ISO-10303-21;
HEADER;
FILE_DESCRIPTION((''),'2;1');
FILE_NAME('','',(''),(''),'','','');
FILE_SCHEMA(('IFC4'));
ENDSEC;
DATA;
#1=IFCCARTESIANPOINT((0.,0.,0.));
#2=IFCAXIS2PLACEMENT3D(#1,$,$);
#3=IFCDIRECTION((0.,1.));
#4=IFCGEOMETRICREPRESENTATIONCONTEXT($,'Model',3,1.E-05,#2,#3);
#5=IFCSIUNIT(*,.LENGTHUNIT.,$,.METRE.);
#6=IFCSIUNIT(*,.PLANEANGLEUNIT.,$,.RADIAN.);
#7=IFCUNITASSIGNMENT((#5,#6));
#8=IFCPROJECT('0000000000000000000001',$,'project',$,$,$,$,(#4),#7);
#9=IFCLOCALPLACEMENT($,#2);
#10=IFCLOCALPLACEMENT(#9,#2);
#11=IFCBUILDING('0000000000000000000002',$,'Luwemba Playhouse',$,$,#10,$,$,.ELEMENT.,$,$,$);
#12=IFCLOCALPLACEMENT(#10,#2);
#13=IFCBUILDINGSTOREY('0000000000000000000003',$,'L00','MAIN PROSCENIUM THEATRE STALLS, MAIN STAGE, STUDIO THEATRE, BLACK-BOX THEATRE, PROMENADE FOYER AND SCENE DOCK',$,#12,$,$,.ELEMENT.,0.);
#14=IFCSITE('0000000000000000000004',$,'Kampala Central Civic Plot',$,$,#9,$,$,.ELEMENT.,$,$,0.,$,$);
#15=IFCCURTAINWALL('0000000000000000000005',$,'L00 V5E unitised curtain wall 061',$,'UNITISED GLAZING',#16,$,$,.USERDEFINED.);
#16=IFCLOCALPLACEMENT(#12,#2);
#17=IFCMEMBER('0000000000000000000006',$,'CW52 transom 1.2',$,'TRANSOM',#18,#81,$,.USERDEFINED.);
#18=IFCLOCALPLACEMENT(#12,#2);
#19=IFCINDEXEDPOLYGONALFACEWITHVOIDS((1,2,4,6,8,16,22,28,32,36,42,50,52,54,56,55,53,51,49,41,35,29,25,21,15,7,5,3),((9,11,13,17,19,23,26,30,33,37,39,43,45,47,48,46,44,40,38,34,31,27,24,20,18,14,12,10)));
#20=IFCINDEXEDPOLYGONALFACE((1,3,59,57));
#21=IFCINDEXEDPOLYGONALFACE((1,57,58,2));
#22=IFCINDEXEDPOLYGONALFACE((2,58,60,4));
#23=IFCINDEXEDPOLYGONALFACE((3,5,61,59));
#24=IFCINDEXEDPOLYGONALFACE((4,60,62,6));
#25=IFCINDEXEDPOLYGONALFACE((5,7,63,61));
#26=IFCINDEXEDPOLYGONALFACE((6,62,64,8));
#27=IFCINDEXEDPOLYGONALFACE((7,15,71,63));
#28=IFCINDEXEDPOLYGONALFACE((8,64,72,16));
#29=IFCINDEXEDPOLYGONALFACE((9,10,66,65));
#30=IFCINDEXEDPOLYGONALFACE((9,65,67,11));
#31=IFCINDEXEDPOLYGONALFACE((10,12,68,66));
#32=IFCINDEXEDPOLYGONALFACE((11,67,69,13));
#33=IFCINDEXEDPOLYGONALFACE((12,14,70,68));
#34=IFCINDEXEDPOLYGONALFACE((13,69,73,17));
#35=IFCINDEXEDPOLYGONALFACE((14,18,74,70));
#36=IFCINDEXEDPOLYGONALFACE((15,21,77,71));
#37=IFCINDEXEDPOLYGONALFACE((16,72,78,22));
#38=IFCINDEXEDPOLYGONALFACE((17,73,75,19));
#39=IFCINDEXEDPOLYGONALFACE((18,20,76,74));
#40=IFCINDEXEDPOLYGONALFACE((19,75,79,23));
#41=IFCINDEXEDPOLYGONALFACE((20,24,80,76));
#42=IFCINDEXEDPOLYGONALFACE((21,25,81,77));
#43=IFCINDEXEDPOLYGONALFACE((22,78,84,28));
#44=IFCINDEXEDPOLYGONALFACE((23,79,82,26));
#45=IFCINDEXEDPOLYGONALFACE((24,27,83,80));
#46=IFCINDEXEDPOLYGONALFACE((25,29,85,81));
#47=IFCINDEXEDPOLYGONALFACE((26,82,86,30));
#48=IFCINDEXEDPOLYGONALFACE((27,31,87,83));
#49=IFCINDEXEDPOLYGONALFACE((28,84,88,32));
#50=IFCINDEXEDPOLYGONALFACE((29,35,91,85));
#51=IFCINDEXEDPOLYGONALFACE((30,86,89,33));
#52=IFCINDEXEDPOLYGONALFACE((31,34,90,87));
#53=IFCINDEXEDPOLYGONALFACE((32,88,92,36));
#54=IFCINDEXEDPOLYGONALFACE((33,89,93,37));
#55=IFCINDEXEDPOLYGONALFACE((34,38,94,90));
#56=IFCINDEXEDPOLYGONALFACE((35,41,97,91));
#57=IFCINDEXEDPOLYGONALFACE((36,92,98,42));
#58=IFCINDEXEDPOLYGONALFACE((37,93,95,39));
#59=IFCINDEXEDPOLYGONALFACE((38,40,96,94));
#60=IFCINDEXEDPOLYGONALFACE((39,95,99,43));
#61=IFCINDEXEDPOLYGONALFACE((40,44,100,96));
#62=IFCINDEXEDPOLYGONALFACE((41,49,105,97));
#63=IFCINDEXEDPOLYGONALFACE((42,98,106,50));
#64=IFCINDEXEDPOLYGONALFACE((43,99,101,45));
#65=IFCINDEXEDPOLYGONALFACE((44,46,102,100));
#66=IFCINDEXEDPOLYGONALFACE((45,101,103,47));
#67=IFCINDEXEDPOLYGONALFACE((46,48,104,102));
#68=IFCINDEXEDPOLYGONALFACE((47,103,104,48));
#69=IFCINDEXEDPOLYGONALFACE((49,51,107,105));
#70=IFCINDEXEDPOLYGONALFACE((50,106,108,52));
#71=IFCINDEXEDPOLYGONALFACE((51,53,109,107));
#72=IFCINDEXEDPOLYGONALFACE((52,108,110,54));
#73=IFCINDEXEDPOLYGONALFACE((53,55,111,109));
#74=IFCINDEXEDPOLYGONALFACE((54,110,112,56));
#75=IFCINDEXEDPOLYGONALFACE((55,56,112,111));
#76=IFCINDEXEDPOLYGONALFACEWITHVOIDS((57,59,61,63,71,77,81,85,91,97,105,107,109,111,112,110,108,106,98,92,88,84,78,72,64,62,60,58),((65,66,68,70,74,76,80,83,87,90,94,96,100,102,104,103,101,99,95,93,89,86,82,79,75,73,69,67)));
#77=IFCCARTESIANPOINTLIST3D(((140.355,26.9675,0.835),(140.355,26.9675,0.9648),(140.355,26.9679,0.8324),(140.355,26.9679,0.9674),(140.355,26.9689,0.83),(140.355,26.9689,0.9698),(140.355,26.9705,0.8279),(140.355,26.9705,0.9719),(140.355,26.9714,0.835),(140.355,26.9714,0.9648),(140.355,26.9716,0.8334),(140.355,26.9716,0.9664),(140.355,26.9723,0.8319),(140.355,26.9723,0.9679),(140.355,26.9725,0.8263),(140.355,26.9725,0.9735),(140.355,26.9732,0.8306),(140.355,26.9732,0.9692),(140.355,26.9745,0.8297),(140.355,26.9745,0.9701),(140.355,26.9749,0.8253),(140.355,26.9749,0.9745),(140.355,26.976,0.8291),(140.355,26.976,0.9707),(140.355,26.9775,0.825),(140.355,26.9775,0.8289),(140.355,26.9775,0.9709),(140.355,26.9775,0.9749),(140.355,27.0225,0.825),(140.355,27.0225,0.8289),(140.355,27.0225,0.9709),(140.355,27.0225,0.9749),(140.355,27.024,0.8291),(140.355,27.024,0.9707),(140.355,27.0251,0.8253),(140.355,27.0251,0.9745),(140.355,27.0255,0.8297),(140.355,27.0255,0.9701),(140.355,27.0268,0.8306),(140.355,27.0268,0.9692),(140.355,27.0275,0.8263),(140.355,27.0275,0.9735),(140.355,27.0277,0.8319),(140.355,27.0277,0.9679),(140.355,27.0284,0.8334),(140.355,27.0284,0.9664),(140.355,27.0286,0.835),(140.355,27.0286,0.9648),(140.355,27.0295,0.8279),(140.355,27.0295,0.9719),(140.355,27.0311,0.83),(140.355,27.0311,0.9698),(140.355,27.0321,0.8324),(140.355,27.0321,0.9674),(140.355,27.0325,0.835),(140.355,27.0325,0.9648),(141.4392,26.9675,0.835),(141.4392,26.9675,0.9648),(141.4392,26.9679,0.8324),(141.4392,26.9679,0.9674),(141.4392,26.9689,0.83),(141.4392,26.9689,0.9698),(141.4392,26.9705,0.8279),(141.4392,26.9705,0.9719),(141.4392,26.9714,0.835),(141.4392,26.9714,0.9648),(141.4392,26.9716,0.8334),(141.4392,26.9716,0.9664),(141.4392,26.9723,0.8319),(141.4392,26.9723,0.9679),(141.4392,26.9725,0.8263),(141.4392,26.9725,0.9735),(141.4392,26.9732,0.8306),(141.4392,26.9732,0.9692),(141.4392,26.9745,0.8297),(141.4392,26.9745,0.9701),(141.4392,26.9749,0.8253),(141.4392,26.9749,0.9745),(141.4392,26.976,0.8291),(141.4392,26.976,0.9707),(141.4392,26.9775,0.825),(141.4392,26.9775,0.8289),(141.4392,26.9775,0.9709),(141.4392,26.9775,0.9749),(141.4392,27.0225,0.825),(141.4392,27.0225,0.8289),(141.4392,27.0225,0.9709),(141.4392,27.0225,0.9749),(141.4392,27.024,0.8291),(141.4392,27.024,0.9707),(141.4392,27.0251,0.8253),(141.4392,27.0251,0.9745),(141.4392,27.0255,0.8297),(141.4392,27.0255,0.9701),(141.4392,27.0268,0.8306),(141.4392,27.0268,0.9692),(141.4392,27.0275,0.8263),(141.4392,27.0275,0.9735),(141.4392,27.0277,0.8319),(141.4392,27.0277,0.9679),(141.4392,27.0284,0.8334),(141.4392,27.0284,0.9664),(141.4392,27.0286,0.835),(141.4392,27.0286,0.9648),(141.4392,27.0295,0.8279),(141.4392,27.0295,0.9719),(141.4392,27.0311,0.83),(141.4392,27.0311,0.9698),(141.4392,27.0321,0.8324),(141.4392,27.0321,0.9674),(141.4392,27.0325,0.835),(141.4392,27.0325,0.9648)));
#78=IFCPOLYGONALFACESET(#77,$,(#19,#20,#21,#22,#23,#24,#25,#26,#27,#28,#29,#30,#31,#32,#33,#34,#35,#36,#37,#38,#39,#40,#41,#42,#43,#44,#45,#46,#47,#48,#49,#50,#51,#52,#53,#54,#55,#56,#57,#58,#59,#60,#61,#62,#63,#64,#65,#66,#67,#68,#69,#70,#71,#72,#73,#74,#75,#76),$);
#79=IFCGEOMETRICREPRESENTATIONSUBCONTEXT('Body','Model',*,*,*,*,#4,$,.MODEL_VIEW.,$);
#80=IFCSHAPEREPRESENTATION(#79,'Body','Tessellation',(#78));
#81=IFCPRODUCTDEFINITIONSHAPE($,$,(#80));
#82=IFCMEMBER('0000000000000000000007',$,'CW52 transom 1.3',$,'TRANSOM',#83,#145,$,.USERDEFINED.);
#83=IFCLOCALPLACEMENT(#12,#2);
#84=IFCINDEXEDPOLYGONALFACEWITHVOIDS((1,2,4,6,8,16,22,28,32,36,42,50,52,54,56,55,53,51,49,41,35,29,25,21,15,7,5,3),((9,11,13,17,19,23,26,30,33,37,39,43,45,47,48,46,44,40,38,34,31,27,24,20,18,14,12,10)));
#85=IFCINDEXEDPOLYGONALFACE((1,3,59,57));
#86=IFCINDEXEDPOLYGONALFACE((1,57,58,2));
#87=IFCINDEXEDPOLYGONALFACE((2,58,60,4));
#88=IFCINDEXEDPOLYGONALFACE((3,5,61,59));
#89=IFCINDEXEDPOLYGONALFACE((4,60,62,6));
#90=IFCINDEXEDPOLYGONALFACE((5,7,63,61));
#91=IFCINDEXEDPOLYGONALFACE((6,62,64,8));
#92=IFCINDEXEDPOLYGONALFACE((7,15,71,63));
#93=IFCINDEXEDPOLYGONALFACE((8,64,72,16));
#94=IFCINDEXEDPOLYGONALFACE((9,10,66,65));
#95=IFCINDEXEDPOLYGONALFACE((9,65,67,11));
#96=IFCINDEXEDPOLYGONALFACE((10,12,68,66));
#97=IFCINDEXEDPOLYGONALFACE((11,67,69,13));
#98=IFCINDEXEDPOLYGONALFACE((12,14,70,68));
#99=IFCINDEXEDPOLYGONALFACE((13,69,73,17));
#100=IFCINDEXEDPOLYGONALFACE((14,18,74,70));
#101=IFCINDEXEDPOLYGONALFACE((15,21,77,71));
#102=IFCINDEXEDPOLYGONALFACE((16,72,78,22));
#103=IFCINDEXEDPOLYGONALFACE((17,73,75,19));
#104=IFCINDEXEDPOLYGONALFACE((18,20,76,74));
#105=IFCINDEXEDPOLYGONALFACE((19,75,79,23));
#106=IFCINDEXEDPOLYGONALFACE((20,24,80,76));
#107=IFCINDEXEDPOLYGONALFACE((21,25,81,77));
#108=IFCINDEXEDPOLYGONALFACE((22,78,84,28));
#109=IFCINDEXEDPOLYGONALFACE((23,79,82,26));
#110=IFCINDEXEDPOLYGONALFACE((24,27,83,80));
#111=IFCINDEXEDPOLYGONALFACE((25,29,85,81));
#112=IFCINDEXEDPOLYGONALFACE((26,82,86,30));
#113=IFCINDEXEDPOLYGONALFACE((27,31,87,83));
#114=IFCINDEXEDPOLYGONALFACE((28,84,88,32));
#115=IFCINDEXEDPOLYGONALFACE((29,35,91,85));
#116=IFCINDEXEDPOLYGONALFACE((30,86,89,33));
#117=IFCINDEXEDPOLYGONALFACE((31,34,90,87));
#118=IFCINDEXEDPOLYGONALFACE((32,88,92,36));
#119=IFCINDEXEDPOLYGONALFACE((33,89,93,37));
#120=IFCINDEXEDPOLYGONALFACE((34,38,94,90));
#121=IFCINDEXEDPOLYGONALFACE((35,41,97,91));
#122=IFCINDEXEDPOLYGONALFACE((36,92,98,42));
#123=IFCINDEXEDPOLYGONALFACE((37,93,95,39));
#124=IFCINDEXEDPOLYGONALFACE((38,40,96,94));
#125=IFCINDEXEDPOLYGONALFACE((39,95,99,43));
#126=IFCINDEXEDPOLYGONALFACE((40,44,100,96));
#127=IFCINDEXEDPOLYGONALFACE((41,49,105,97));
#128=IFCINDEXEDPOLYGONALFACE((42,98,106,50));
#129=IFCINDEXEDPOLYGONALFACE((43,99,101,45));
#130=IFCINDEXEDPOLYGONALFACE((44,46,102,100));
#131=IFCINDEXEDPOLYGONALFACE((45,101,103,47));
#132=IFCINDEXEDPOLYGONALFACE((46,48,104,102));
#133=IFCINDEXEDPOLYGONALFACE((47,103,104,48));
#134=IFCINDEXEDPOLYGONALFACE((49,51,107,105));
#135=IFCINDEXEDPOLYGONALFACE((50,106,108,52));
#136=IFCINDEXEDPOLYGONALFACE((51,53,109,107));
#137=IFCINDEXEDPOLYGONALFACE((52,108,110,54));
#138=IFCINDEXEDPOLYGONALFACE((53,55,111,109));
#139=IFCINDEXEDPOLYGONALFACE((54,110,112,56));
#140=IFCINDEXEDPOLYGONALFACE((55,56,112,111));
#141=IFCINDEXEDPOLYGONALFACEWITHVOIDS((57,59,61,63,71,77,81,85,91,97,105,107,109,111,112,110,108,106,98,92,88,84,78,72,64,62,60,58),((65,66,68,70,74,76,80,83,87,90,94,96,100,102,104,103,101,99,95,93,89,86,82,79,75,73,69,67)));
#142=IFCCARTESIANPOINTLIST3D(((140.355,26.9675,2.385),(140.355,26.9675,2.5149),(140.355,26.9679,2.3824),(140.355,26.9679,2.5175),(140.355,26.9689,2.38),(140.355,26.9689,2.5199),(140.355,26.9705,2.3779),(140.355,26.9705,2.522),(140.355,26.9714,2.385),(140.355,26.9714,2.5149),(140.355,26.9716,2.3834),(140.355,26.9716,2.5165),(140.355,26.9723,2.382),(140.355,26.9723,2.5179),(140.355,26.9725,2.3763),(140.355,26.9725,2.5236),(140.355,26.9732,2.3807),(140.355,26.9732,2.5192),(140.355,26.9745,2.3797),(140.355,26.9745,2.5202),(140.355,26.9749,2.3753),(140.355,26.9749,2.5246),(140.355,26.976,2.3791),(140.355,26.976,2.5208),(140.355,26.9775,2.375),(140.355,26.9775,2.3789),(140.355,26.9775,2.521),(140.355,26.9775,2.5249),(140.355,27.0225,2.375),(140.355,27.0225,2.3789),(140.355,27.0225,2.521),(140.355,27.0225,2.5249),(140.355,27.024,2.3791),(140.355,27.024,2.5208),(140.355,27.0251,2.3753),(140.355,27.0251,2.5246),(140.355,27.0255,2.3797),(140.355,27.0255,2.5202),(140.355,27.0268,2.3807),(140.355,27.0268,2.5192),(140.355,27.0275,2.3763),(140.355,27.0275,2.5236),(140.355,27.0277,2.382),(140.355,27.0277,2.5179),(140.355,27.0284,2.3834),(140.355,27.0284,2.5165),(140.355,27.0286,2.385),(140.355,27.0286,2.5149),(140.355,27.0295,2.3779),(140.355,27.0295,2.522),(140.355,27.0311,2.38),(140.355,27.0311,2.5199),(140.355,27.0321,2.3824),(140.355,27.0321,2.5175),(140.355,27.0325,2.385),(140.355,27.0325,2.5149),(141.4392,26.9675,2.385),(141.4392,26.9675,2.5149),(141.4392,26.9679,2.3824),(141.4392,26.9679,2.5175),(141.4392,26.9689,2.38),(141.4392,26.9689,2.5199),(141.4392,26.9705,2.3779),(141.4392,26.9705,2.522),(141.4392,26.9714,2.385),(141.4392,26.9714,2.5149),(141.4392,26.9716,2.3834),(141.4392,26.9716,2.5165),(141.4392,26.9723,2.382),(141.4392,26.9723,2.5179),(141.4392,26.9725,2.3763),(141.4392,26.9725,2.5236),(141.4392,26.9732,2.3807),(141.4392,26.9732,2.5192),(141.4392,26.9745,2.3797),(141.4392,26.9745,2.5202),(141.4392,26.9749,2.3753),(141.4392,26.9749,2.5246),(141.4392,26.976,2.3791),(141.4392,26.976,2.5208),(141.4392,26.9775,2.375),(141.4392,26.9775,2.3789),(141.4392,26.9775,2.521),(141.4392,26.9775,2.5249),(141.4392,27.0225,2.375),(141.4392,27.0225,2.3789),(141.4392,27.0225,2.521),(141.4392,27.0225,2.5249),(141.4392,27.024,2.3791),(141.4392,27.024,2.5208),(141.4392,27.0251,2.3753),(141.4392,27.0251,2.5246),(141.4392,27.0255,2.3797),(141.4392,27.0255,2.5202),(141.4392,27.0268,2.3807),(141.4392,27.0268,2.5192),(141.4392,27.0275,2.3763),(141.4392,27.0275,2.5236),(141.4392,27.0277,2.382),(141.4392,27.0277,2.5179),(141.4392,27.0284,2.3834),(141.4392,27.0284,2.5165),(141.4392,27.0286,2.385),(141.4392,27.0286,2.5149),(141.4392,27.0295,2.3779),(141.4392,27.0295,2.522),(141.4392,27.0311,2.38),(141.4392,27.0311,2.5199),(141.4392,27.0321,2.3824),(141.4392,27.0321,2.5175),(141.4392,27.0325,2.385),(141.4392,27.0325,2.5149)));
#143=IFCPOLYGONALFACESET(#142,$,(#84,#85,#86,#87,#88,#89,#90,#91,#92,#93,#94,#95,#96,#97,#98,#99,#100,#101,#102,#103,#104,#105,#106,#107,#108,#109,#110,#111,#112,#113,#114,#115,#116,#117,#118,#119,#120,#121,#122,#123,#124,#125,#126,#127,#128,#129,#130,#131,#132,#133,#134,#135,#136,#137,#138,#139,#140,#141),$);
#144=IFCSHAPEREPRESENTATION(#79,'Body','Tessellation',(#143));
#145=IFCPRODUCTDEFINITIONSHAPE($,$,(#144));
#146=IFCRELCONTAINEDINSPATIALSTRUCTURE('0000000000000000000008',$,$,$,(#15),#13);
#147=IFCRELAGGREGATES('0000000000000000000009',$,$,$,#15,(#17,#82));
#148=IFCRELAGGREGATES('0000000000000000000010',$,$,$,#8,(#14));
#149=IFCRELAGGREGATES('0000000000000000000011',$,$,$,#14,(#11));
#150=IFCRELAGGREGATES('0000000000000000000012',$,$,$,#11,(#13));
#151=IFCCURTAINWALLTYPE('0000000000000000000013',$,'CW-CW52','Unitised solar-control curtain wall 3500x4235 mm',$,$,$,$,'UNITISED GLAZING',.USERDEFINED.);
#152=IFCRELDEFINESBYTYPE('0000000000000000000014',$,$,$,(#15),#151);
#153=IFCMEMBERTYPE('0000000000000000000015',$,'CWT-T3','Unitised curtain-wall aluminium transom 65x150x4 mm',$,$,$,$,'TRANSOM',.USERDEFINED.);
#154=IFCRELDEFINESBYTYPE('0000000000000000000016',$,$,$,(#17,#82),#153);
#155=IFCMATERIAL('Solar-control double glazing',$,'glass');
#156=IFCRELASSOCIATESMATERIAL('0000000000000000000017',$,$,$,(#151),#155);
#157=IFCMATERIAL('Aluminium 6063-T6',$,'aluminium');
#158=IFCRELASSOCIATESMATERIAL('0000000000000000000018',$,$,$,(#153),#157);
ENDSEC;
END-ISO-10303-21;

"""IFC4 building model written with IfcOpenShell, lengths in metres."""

from ifc_helpers import new_model, si_unit, direction, frame, origin, origin_2d, place, context, subcontext, project, spatial, hollow_rectangle, extrude, material, material_profile, profile_set, type_object, element, aggregate, save


model = new_model("IFC4")

# Units and contexts
model_context = context("Model", 3, precision=1e-05, world=origin(), true_north=direction((0.0, 1.0)))
body_context = subcontext(model_context, "Body", "Model", "MODEL_VIEW")
ifc_project = project(units=[si_unit("LENGTHUNIT", "METRE"), si_unit("PLANEANGLEUNIT", "RADIAN")], contexts=[model_context])

# Site, building, storey
site_placement = place(None, origin())
site = spatial("IfcSite", under=ifc_project, at=site_placement, Name="Kampala Central Civic Plot", CompositionType="ELEMENT", RefElevation=0.0)
building_placement = place(site_placement, origin())
building = spatial("IfcBuilding", under=site, at=building_placement, Name="Luwemba Playhouse", CompositionType="ELEMENT")
storey_placement = place(building_placement, origin())
storey = spatial("IfcBuildingStorey", under=building, at=storey_placement, Name="L00", Description="MAIN PROSCENIUM THEATRE STALLS, MAIN STAGE, STUDIO THEATRE, BLACK-BOX THEATRE, PROMENADE FOYER AND SCENE DOCK", CompositionType="ELEMENT", Elevation=0.0)

# Shared definitions
ifc_material_1 = material(Name="Solar-control double glazing", Category="glass")
ifc_material_2 = material(Name="Aluminium 6063-T6", Category="aluminium")

# Curtain wall
curtain_wall_type_1 = type_object("IfcCurtainWallType", Name="CW-CW52", Description="Unitised solar-control curtain wall 3500x4235 mm", ElementType="UNITISED GLAZING", PredefinedType="USERDEFINED", material=ifc_material_1)
curtain_wall_1_placement = place(storey_placement, origin())
curtain_wall_1 = element("IfcCurtainWall", 1, at=curtain_wall_1_placement, inside=storey, type_object=curtain_wall_type_1, Name="L00 V5E unitised curtain wall 061", ObjectType="UNITISED GLAZING", PredefinedType="USERDEFINED")

# Members
ifc_material_profile_1 = material_profile(ifc_material_2, hollow_rectangle(XDim=0.0649, YDim=0.1499, WallThickness=0.0039, InnerFilletRadius=0.0061, OuterFilletRadius=0.01, at=origin_2d()))
ifc_profile_set_1 = profile_set([ifc_material_profile_1], Name="Aluminium 6063-T6")
member_type_1 = type_object("IfcMemberType", Name="CWT-T3", Description="Unitised curtain-wall aluminium transom 65x150x4 mm", ElementType="TRANSOM", PredefinedType="USERDEFINED", material=ifc_profile_set_1)
member_1_placement = place(storey_placement, frame((140.355, 27.0, 0.8999), z_axis=(1.0, 0.0, 0.0), x_axis=(0.0, 1.0, 0.0)))
member_1 = element("IfcMember", 2, at=member_1_placement, type_object=member_type_1, Name="CW52 transom 1.2", ObjectType="TRANSOM", PredefinedType="USERDEFINED", context=body_context, shape_type="SweptSolid", body=[
    extrude(hollow_rectangle(XDim=0.0649, YDim=0.1499, WallThickness=0.0039, InnerFilletRadius=0.0061, OuterFilletRadius=0.01, at=origin_2d()), origin(), (0.0, 0.0, 1.0), 1.0842),
])
member_2_placement = place(storey_placement, frame((140.355, 27.0, 2.45), z_axis=(1.0, 0.0, 0.0), x_axis=(0.0, 1.0, 0.0)))
member_2 = element("IfcMember", 3, at=member_2_placement, type_object=member_type_1, Name="CW52 transom 1.3", ObjectType="TRANSOM", PredefinedType="USERDEFINED", context=body_context, shape_type="SweptSolid", body=[
    extrude(hollow_rectangle(XDim=0.0649, YDim=0.1499, WallThickness=0.0039, InnerFilletRadius=0.0061, OuterFilletRadius=0.01, at=origin_2d()), origin(), (0.0, 0.0, 1.0), 1.0842),
])

aggregate(curtain_wall_1, [member_1, member_2])

save(model, "model.ifc")
